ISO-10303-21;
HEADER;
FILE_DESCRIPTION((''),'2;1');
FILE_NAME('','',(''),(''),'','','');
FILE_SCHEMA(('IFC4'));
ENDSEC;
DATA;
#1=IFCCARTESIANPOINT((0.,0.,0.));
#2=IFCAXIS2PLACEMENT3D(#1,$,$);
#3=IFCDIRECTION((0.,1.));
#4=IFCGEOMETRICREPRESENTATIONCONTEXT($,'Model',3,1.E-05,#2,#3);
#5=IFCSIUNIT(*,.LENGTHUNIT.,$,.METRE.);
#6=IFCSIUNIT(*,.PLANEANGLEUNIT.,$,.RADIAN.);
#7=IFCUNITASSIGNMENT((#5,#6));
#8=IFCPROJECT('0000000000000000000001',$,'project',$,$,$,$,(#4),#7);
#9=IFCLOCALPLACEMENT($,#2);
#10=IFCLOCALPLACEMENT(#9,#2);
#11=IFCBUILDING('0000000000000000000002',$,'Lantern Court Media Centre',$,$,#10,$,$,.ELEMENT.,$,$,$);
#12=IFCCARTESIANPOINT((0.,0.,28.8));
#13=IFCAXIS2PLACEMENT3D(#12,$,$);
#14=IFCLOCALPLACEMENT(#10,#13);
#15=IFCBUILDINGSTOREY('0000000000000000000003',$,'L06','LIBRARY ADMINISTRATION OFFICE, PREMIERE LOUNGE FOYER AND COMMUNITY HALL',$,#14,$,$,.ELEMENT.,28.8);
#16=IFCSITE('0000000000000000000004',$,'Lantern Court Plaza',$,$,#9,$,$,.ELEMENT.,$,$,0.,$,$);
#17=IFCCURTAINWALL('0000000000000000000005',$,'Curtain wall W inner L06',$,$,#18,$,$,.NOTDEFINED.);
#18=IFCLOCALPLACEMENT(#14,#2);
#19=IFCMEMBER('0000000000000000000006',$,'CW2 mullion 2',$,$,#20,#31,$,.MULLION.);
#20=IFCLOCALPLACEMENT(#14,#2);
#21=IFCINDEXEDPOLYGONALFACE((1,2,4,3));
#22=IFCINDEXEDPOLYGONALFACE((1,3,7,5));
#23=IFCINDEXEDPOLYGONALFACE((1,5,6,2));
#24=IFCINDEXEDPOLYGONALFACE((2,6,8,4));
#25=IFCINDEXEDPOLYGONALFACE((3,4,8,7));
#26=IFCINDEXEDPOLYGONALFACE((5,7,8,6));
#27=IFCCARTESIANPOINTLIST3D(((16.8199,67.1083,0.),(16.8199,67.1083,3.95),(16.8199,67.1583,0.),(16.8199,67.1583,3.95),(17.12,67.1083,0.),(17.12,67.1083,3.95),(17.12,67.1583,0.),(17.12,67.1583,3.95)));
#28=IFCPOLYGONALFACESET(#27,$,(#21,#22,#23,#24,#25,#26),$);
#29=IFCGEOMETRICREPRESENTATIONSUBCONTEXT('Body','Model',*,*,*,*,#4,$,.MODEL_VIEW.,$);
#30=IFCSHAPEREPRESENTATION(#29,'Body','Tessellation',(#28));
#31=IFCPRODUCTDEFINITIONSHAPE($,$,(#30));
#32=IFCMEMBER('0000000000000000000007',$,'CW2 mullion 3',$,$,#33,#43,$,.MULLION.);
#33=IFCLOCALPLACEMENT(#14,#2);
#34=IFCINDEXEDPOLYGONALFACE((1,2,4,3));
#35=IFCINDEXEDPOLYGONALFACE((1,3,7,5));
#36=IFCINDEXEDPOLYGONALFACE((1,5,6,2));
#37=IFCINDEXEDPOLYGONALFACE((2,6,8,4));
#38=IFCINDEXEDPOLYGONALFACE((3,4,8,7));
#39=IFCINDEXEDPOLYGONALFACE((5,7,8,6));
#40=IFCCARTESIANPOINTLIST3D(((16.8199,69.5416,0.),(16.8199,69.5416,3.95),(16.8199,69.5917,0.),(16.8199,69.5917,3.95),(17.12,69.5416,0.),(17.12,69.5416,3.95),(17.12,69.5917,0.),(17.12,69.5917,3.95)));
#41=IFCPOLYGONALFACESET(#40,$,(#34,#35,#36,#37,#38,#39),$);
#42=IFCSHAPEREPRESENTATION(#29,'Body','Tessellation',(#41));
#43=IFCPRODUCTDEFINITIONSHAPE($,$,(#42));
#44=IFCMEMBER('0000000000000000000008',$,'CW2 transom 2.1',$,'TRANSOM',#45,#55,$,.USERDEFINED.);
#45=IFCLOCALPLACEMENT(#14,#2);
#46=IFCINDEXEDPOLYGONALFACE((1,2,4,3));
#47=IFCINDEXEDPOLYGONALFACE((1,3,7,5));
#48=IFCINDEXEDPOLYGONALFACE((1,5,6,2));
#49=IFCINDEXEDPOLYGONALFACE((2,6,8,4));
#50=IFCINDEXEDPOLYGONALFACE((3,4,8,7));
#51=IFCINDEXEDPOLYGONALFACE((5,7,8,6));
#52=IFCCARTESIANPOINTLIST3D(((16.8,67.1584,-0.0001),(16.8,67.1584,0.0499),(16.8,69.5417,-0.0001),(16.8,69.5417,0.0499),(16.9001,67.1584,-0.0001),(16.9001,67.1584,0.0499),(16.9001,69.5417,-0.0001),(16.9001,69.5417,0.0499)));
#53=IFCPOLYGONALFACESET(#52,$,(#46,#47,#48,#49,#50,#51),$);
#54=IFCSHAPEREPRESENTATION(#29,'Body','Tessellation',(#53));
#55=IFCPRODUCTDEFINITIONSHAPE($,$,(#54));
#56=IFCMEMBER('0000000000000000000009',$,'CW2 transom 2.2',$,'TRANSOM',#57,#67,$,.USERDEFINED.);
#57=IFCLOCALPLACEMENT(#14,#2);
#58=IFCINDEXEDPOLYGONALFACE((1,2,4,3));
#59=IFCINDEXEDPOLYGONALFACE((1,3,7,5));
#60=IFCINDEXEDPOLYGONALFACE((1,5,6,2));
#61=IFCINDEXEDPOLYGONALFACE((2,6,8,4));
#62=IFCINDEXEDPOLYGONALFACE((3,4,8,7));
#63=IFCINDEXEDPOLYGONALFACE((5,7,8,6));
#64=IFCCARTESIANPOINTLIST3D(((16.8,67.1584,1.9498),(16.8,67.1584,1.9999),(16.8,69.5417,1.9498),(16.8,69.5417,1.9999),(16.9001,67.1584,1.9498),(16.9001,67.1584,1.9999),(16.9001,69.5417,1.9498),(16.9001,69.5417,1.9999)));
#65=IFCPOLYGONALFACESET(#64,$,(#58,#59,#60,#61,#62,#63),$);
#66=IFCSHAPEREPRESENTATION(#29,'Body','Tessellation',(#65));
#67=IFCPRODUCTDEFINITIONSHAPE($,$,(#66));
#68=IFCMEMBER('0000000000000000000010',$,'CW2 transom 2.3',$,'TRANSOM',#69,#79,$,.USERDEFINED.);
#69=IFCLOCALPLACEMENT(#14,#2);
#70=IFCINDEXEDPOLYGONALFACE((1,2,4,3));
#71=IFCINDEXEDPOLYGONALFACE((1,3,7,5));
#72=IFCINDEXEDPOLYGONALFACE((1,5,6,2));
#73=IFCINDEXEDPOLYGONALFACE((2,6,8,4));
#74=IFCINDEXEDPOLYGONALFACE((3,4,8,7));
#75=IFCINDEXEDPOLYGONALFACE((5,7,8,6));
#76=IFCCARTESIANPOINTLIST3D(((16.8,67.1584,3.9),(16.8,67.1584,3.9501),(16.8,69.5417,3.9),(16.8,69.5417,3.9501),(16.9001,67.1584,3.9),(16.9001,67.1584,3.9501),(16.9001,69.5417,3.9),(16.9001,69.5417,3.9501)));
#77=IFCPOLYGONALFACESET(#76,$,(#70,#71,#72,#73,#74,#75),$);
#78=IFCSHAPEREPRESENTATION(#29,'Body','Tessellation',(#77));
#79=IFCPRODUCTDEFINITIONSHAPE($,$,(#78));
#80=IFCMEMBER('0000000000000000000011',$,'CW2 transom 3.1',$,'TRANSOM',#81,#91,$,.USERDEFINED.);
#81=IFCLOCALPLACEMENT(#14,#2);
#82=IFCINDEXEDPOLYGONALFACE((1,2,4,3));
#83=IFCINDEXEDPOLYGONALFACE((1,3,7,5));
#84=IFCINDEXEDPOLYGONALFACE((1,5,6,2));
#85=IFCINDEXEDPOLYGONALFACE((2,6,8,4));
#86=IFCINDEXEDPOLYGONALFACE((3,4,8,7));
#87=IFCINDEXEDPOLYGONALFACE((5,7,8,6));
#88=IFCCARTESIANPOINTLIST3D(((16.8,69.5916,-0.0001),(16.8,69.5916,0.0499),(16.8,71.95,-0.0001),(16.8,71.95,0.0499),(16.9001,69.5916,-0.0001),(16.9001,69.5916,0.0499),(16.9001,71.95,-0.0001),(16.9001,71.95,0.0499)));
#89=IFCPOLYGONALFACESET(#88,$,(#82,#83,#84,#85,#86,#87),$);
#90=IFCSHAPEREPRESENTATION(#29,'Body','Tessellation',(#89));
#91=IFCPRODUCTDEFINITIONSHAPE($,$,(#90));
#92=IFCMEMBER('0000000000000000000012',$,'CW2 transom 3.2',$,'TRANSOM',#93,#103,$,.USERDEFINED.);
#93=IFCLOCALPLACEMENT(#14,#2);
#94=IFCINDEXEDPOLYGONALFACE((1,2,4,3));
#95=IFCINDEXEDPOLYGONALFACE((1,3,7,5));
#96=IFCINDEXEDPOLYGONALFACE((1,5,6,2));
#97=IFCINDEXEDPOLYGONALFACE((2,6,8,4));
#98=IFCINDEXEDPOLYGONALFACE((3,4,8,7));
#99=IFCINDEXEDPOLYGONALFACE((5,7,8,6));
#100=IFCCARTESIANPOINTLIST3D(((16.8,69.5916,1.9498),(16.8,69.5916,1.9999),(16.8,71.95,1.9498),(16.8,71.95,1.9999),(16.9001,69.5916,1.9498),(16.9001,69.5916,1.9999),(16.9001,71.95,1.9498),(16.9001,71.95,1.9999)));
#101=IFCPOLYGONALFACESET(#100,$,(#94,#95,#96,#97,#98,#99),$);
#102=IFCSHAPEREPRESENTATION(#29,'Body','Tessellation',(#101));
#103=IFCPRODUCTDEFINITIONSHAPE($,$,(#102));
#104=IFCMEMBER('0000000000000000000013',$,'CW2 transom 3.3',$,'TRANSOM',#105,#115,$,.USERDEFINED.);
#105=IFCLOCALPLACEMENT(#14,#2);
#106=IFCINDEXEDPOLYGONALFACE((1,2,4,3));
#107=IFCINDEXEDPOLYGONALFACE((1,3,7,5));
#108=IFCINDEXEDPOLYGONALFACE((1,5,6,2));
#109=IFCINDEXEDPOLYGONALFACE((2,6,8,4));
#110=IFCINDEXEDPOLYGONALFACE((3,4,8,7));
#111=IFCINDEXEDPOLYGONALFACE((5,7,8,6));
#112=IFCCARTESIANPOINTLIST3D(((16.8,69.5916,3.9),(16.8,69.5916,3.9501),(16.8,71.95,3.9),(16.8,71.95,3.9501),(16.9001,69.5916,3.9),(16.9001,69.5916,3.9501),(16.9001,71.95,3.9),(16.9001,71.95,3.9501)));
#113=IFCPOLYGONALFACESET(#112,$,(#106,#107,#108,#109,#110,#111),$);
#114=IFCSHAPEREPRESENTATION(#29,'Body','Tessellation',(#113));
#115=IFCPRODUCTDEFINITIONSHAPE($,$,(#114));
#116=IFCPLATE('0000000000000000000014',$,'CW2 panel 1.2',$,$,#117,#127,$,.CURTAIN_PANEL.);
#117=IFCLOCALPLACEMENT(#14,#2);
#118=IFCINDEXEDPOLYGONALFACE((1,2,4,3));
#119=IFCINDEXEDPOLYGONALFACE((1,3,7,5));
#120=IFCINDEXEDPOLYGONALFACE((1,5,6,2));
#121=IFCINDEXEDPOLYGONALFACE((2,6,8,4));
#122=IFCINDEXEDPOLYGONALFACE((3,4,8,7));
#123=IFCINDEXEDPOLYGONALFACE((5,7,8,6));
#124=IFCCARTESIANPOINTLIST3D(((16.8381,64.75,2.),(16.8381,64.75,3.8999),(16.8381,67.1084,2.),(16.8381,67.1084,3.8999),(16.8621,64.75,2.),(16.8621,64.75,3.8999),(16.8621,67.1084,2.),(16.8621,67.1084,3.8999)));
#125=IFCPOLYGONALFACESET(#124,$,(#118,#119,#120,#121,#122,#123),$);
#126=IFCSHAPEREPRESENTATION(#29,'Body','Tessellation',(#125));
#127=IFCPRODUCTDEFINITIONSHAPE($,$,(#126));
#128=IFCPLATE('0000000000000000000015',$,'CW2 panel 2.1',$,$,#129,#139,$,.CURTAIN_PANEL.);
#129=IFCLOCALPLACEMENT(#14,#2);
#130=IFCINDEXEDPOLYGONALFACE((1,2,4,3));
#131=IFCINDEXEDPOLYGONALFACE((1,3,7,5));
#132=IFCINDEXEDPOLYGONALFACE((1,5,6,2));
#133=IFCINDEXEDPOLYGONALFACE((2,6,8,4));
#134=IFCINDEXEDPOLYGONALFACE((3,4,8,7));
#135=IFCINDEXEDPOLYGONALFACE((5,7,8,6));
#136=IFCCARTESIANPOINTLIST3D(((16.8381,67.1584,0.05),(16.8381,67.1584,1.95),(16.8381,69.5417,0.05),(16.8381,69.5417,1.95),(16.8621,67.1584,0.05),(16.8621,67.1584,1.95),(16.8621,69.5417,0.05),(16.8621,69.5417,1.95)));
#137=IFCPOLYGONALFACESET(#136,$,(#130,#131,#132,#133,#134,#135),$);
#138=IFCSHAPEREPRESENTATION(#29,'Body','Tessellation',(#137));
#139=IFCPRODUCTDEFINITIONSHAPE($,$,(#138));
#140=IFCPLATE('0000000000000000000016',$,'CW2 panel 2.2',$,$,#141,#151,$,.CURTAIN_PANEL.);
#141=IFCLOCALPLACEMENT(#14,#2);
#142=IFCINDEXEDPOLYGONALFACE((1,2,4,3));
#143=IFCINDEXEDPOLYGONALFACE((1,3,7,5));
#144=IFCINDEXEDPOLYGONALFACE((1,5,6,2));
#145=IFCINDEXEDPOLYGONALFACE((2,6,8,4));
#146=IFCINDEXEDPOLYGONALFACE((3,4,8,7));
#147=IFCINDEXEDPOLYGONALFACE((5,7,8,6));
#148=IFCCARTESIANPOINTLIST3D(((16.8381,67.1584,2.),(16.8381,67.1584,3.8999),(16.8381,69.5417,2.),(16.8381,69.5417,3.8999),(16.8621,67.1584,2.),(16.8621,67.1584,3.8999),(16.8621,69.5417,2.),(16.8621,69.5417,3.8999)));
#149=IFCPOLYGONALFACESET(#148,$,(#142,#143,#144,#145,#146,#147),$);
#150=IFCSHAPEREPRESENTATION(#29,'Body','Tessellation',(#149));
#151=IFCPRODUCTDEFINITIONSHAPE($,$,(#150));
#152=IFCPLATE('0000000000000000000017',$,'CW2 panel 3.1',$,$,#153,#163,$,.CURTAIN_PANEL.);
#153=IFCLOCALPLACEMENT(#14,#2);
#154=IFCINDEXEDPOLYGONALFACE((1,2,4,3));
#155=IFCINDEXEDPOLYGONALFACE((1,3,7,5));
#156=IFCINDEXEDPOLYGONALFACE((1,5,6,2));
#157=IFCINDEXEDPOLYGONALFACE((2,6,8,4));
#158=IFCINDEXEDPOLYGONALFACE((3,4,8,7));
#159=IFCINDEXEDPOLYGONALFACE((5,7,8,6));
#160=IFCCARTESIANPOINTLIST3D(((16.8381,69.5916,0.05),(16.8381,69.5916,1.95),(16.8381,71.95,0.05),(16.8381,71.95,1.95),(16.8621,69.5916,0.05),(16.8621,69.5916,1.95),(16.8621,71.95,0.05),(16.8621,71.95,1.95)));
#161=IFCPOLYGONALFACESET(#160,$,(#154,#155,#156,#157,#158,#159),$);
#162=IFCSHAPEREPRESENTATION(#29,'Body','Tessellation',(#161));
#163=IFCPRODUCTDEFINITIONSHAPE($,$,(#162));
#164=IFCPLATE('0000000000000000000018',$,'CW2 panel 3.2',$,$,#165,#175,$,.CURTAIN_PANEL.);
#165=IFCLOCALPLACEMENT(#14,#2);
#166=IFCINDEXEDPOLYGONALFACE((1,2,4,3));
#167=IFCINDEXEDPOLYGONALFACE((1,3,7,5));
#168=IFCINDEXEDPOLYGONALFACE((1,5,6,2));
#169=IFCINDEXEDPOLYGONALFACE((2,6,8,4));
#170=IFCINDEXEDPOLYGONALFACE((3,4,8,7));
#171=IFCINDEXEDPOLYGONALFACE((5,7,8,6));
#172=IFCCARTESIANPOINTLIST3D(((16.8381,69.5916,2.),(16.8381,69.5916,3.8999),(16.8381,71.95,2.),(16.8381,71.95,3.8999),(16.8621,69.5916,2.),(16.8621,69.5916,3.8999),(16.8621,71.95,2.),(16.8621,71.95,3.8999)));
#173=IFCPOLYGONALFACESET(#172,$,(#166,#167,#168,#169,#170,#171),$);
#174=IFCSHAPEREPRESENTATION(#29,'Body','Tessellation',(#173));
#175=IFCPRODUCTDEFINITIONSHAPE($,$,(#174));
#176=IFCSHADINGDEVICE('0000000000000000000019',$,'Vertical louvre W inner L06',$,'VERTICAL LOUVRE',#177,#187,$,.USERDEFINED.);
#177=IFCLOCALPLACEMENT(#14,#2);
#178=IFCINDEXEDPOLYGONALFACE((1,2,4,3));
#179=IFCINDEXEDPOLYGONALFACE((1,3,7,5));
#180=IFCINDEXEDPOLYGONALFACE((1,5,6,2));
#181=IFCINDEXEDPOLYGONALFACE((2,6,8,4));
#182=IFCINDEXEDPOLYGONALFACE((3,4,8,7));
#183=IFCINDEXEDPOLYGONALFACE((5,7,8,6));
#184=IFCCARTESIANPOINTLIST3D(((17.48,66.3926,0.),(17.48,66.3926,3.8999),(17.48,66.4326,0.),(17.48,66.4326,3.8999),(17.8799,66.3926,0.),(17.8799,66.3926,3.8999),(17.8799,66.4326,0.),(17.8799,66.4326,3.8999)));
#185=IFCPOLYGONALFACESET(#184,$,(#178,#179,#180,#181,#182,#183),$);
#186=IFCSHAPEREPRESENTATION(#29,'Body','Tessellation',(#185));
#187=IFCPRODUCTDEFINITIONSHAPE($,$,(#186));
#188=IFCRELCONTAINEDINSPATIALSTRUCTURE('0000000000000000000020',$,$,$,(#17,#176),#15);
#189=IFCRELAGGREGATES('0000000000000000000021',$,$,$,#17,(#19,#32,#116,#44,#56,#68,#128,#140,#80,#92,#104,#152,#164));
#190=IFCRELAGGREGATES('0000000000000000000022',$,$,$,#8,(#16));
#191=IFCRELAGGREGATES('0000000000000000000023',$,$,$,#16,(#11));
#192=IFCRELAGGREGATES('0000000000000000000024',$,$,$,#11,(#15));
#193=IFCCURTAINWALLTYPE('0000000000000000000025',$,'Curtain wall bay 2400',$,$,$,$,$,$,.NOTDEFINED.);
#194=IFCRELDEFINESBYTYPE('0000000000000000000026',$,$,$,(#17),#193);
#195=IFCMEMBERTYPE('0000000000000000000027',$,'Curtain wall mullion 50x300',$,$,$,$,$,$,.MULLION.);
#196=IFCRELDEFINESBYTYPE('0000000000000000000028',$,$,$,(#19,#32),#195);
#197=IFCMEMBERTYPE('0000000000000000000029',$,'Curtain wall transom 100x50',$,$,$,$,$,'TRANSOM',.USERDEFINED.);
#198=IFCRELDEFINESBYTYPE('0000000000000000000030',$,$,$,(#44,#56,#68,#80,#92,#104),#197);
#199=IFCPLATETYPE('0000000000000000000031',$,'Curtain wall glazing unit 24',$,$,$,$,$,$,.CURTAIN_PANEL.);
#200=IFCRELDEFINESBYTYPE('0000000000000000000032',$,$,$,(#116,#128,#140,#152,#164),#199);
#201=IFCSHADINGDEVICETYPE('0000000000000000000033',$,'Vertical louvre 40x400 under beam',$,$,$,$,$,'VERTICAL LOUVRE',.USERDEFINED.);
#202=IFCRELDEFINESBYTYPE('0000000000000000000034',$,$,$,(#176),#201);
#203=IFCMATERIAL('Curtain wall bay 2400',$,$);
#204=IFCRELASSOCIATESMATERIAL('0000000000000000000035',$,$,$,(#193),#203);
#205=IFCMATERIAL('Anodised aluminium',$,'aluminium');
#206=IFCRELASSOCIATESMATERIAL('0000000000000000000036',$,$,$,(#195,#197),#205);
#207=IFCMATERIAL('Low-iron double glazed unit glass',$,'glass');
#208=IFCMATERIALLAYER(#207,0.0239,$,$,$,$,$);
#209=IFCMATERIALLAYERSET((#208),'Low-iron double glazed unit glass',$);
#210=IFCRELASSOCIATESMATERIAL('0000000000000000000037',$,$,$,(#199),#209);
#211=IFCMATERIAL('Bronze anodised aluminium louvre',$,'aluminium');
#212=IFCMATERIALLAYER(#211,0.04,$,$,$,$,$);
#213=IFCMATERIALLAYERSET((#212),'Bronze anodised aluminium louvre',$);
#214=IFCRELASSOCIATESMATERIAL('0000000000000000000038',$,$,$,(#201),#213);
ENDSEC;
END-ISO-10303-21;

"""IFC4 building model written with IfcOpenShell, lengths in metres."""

from ifc_helpers import new_model, si_unit, direction, frame, origin, origin_2d, place, context, subcontext, project, spatial, rectangle, extrude, material, layer, layer_set, material_profile, profile_set, type_object, element, aggregate, save


model = new_model("IFC4")

# Units and contexts
model_context = context("Model", 3, precision=1e-05, world=origin(), true_north=direction((0.0, 1.0)))
body_context = subcontext(model_context, "Body", "Model", "MODEL_VIEW")
ifc_project = project(units=[si_unit("LENGTHUNIT", "METRE"), si_unit("PLANEANGLEUNIT", "RADIAN")], contexts=[model_context])

# Site, building, storey
site_placement = place(None, origin())
site = spatial("IfcSite", under=ifc_project, at=site_placement, Name="Lantern Court Plaza", CompositionType="ELEMENT", RefElevation=0.0)
building_placement = place(site_placement, origin())
building = spatial("IfcBuilding", under=site, at=building_placement, Name="Lantern Court Media Centre", CompositionType="ELEMENT")
storey_placement = place(building_placement, frame((0.0, 0.0, 28.8)))
storey = spatial("IfcBuildingStorey", under=building, at=storey_placement, Name="L06", Description="LIBRARY ADMINISTRATION OFFICE, PREMIERE LOUNGE FOYER AND COMMUNITY HALL", CompositionType="ELEMENT", Elevation=28.8)

# Curtain wall, members, plates
ifc_material_1 = material(Name="Curtain wall bay 2400")
curtain_wall_type = type_object("IfcCurtainWallType", Name="Curtain wall bay 2400", PredefinedType="NOTDEFINED", material=ifc_material_1)
curtain_wall_placement = place(storey_placement, origin())
curtain_wall = element("IfcCurtainWall", 1, at=curtain_wall_placement, inside=storey, type_object=curtain_wall_type, Name="Curtain wall W inner L06", PredefinedType="NOTDEFINED")
ifc_material_2 = material(Name="Anodised aluminium", Category="aluminium")
ifc_material_profile_1 = material_profile(ifc_material_2, rectangle(XDim=0.3, YDim=0.05, at=origin_2d()), Name="AL 50x300")
ifc_profile_set_1 = profile_set([ifc_material_profile_1], Name="Anodised aluminium")
member_type_1 = type_object("IfcMemberType", Name="Curtain wall mullion 50x300", PredefinedType="MULLION", material=ifc_profile_set_1)
member_1_placement = place(storey_placement, frame((16.97, 67.1333, 0.0), z_axis=(0.0, 0.0, 1.0), x_axis=(-1.0, 0.0, 0.0)))
member_1 = element("IfcMember", 2, at=member_1_placement, type_object=member_type_1, Name="CW2 mullion 2", PredefinedType="MULLION", context=body_context, shape_type="SweptSolid", body=[
    extrude(rectangle(XDim=0.3, YDim=0.05, at=origin_2d()), origin(), (0.0, 0.0, 1.0), 3.95),
])
member_2_placement = place(storey_placement, frame((16.97, 69.5667, 0.0), z_axis=(0.0, 0.0, 1.0), x_axis=(-1.0, 0.0, 0.0)))
member_2 = element("IfcMember", 3, at=member_2_placement, type_object=member_type_1, Name="CW2 mullion 3", PredefinedType="MULLION", context=body_context, shape_type="SweptSolid", body=[
    extrude(rectangle(XDim=0.3, YDim=0.05, at=origin_2d()), origin(), (0.0, 0.0, 1.0), 3.95),
])
ifc_material_profile_2 = material_profile(ifc_material_2, rectangle(XDim=0.1001, YDim=0.05, at=origin_2d()), Name="AL 50x100")
ifc_profile_set_2 = profile_set([ifc_material_profile_2], Name="Anodised aluminium")
member_type_2 = type_object("IfcMemberType", Name="Curtain wall transom 100x50", ElementType="TRANSOM", PredefinedType="USERDEFINED", material=ifc_profile_set_2)
member_3_placement = place(storey_placement, frame((16.8501, 67.1584, 0.0249), z_axis=(0.0, 1.0, 0.0), x_axis=(-1.0, 0.0, 0.0)))
member_3 = element("IfcMember", 4, at=member_3_placement, type_object=member_type_2, Name="CW2 transom 2.1", ObjectType="TRANSOM", PredefinedType="USERDEFINED", context=body_context, shape_type="SweptSolid", body=[
    extrude(rectangle(XDim=0.1001, YDim=0.05, at=origin_2d()), origin(), (0.0, 0.0, 1.0), 2.3833),
])
member_4_placement = place(storey_placement, frame((16.8501, 67.1584, 1.9749), z_axis=(0.0, 1.0, 0.0), x_axis=(-1.0, 0.0, 0.0)))
member_4 = element("IfcMember", 5, at=member_4_placement, type_object=member_type_2, Name="CW2 transom 2.2", ObjectType="TRANSOM", PredefinedType="USERDEFINED", context=body_context, shape_type="SweptSolid", body=[
    extrude(rectangle(XDim=0.1001, YDim=0.05, at=origin_2d()), origin(), (0.0, 0.0, 1.0), 2.3833),
])
member_5_placement = place(storey_placement, frame((16.8501, 67.1584, 3.925), z_axis=(0.0, 1.0, 0.0), x_axis=(-1.0, 0.0, 0.0)))
member_5 = element("IfcMember", 6, at=member_5_placement, type_object=member_type_2, Name="CW2 transom 2.3", ObjectType="TRANSOM", PredefinedType="USERDEFINED", context=body_context, shape_type="SweptSolid", body=[
    extrude(rectangle(XDim=0.1001, YDim=0.05, at=origin_2d()), origin(), (0.0, 0.0, 1.0), 2.3833),
])
member_6_placement = place(storey_placement, frame((16.8501, 69.5916, 0.0249), z_axis=(0.0, 1.0, 0.0), x_axis=(-1.0, 0.0, 0.0)))
member_6 = element("IfcMember", 7, at=member_6_placement, type_object=member_type_2, Name="CW2 transom 3.1", ObjectType="TRANSOM", PredefinedType="USERDEFINED", context=body_context, shape_type="SweptSolid", body=[
    extrude(rectangle(XDim=0.1001, YDim=0.05, at=origin_2d()), origin(), (0.0, 0.0, 1.0), 2.3584),
])
member_7_placement = place(storey_placement, frame((16.8501, 69.5916, 1.9749), z_axis=(0.0, 1.0, 0.0), x_axis=(-1.0, 0.0, 0.0)))
member_7 = element("IfcMember", 8, at=member_7_placement, type_object=member_type_2, Name="CW2 transom 3.2", ObjectType="TRANSOM", PredefinedType="USERDEFINED", context=body_context, shape_type="SweptSolid", body=[
    extrude(rectangle(XDim=0.1001, YDim=0.05, at=origin_2d()), origin(), (0.0, 0.0, 1.0), 2.3584),
])
member_8_placement = place(storey_placement, frame((16.8501, 69.5916, 3.925), z_axis=(0.0, 1.0, 0.0), x_axis=(-1.0, 0.0, 0.0)))
member_8 = element("IfcMember", 9, at=member_8_placement, type_object=member_type_2, Name="CW2 transom 3.3", ObjectType="TRANSOM", PredefinedType="USERDEFINED", context=body_context, shape_type="SweptSolid", body=[
    extrude(rectangle(XDim=0.1001, YDim=0.05, at=origin_2d()), origin(), (0.0, 0.0, 1.0), 2.3584),
])
ifc_material_3 = material(Name="Low-iron double glazed unit glass", Category="glass")
ifc_layer_1 = layer(ifc_material_3, 0.0239)
ifc_layer_set_1 = layer_set([ifc_layer_1], Name="Low-iron double glazed unit glass")
plate_type = type_object("IfcPlateType", Name="Curtain wall glazing unit 24", PredefinedType="CURTAIN_PANEL", material=ifc_layer_set_1)
plate_1_placement = place(storey_placement, frame((16.8501, 65.9292, 2.0), z_axis=(0.0, 0.0, 1.0), x_axis=(0.0, 1.0, 0.0)))
plate_1 = element("IfcPlate", 10, at=plate_1_placement, type_object=plate_type, Name="CW2 panel 1.2", PredefinedType="CURTAIN_PANEL", context=body_context, shape_type="SweptSolid", body=[
    extrude(rectangle(XDim=2.3584, YDim=0.0239, at=origin_2d()), origin(), (0.0, 0.0, 1.0), 1.8999),
])
plate_2_placement = place(storey_placement, frame((16.8501, 68.3501, 0.05), z_axis=(0.0, 0.0, 1.0), x_axis=(0.0, 1.0, 0.0)))
plate_2 = element("IfcPlate", 11, at=plate_2_placement, type_object=plate_type, Name="CW2 panel 2.1", PredefinedType="CURTAIN_PANEL", context=body_context, shape_type="SweptSolid", body=[
    extrude(rectangle(XDim=2.3833, YDim=0.0239, at=origin_2d()), origin(), (0.0, 0.0, 1.0), 1.8999),
])
plate_3_placement = place(storey_placement, frame((16.8501, 68.3501, 2.0), z_axis=(0.0, 0.0, 1.0), x_axis=(0.0, 1.0, 0.0)))
plate_3 = element("IfcPlate", 12, at=plate_3_placement, type_object=plate_type, Name="CW2 panel 2.2", PredefinedType="CURTAIN_PANEL", context=body_context, shape_type="SweptSolid", body=[
    extrude(rectangle(XDim=2.3833, YDim=0.0239, at=origin_2d()), origin(), (0.0, 0.0, 1.0), 1.8999),
])
plate_4_placement = place(storey_placement, frame((16.8501, 70.7708, 0.05), z_axis=(0.0, 0.0, 1.0), x_axis=(0.0, 1.0, 0.0)))
plate_4 = element("IfcPlate", 13, at=plate_4_placement, type_object=plate_type, Name="CW2 panel 3.1", PredefinedType="CURTAIN_PANEL", context=body_context, shape_type="SweptSolid", body=[
    extrude(rectangle(XDim=2.3584, YDim=0.0239, at=origin_2d()), origin(), (0.0, 0.0, 1.0), 1.8999),
])
plate_5_placement = place(storey_placement, frame((16.8501, 70.7708, 2.0), z_axis=(0.0, 0.0, 1.0), x_axis=(0.0, 1.0, 0.0)))
plate_5 = element("IfcPlate", 14, at=plate_5_placement, type_object=plate_type, Name="CW2 panel 3.2", PredefinedType="CURTAIN_PANEL", context=body_context, shape_type="SweptSolid", body=[
    extrude(rectangle(XDim=2.3584, YDim=0.0239, at=origin_2d()), origin(), (0.0, 0.0, 1.0), 1.8999),
])
aggregate(curtain_wall, [member_1, member_2, plate_1, member_3, member_4, member_5, plate_2, plate_3, member_6, member_7, member_8, plate_4, plate_5])

# Shading device
ifc_material_4 = material(Name="Bronze anodised aluminium louvre", Category="aluminium")
ifc_layer_2 = layer(ifc_material_4, 0.04)
ifc_layer_set_2 = layer_set([ifc_layer_2], Name="Bronze anodised aluminium louvre")
shading_device_type = type_object("IfcShadingDeviceType", Name="Vertical louvre 40x400 under beam", ElementType="VERTICAL LOUVRE", PredefinedType="USERDEFINED", material=ifc_layer_set_2)
for number, where, z_axis, x_axis, name in (
    (15, (17.6799, 66.4126, 0.0), (0.0, 0.0, 1.0), (1.0, 0.0, 0.0), "Vertical louvre W inner L06"),
):
    element("IfcShadingDevice", number, at=place(storey_placement, frame(where, z_axis=z_axis, x_axis=x_axis)), inside=storey, type_object=shading_device_type, Name=name, ObjectType="VERTICAL LOUVRE", PredefinedType="USERDEFINED", context=body_context, shape_type="SweptSolid", body=[
        extrude(rectangle(XDim=0.3999, YDim=0.04, at=origin_2d()), origin(), (0.0, 0.0, 1.0), 3.8999),
    ])

save(model, "model.ifc")
